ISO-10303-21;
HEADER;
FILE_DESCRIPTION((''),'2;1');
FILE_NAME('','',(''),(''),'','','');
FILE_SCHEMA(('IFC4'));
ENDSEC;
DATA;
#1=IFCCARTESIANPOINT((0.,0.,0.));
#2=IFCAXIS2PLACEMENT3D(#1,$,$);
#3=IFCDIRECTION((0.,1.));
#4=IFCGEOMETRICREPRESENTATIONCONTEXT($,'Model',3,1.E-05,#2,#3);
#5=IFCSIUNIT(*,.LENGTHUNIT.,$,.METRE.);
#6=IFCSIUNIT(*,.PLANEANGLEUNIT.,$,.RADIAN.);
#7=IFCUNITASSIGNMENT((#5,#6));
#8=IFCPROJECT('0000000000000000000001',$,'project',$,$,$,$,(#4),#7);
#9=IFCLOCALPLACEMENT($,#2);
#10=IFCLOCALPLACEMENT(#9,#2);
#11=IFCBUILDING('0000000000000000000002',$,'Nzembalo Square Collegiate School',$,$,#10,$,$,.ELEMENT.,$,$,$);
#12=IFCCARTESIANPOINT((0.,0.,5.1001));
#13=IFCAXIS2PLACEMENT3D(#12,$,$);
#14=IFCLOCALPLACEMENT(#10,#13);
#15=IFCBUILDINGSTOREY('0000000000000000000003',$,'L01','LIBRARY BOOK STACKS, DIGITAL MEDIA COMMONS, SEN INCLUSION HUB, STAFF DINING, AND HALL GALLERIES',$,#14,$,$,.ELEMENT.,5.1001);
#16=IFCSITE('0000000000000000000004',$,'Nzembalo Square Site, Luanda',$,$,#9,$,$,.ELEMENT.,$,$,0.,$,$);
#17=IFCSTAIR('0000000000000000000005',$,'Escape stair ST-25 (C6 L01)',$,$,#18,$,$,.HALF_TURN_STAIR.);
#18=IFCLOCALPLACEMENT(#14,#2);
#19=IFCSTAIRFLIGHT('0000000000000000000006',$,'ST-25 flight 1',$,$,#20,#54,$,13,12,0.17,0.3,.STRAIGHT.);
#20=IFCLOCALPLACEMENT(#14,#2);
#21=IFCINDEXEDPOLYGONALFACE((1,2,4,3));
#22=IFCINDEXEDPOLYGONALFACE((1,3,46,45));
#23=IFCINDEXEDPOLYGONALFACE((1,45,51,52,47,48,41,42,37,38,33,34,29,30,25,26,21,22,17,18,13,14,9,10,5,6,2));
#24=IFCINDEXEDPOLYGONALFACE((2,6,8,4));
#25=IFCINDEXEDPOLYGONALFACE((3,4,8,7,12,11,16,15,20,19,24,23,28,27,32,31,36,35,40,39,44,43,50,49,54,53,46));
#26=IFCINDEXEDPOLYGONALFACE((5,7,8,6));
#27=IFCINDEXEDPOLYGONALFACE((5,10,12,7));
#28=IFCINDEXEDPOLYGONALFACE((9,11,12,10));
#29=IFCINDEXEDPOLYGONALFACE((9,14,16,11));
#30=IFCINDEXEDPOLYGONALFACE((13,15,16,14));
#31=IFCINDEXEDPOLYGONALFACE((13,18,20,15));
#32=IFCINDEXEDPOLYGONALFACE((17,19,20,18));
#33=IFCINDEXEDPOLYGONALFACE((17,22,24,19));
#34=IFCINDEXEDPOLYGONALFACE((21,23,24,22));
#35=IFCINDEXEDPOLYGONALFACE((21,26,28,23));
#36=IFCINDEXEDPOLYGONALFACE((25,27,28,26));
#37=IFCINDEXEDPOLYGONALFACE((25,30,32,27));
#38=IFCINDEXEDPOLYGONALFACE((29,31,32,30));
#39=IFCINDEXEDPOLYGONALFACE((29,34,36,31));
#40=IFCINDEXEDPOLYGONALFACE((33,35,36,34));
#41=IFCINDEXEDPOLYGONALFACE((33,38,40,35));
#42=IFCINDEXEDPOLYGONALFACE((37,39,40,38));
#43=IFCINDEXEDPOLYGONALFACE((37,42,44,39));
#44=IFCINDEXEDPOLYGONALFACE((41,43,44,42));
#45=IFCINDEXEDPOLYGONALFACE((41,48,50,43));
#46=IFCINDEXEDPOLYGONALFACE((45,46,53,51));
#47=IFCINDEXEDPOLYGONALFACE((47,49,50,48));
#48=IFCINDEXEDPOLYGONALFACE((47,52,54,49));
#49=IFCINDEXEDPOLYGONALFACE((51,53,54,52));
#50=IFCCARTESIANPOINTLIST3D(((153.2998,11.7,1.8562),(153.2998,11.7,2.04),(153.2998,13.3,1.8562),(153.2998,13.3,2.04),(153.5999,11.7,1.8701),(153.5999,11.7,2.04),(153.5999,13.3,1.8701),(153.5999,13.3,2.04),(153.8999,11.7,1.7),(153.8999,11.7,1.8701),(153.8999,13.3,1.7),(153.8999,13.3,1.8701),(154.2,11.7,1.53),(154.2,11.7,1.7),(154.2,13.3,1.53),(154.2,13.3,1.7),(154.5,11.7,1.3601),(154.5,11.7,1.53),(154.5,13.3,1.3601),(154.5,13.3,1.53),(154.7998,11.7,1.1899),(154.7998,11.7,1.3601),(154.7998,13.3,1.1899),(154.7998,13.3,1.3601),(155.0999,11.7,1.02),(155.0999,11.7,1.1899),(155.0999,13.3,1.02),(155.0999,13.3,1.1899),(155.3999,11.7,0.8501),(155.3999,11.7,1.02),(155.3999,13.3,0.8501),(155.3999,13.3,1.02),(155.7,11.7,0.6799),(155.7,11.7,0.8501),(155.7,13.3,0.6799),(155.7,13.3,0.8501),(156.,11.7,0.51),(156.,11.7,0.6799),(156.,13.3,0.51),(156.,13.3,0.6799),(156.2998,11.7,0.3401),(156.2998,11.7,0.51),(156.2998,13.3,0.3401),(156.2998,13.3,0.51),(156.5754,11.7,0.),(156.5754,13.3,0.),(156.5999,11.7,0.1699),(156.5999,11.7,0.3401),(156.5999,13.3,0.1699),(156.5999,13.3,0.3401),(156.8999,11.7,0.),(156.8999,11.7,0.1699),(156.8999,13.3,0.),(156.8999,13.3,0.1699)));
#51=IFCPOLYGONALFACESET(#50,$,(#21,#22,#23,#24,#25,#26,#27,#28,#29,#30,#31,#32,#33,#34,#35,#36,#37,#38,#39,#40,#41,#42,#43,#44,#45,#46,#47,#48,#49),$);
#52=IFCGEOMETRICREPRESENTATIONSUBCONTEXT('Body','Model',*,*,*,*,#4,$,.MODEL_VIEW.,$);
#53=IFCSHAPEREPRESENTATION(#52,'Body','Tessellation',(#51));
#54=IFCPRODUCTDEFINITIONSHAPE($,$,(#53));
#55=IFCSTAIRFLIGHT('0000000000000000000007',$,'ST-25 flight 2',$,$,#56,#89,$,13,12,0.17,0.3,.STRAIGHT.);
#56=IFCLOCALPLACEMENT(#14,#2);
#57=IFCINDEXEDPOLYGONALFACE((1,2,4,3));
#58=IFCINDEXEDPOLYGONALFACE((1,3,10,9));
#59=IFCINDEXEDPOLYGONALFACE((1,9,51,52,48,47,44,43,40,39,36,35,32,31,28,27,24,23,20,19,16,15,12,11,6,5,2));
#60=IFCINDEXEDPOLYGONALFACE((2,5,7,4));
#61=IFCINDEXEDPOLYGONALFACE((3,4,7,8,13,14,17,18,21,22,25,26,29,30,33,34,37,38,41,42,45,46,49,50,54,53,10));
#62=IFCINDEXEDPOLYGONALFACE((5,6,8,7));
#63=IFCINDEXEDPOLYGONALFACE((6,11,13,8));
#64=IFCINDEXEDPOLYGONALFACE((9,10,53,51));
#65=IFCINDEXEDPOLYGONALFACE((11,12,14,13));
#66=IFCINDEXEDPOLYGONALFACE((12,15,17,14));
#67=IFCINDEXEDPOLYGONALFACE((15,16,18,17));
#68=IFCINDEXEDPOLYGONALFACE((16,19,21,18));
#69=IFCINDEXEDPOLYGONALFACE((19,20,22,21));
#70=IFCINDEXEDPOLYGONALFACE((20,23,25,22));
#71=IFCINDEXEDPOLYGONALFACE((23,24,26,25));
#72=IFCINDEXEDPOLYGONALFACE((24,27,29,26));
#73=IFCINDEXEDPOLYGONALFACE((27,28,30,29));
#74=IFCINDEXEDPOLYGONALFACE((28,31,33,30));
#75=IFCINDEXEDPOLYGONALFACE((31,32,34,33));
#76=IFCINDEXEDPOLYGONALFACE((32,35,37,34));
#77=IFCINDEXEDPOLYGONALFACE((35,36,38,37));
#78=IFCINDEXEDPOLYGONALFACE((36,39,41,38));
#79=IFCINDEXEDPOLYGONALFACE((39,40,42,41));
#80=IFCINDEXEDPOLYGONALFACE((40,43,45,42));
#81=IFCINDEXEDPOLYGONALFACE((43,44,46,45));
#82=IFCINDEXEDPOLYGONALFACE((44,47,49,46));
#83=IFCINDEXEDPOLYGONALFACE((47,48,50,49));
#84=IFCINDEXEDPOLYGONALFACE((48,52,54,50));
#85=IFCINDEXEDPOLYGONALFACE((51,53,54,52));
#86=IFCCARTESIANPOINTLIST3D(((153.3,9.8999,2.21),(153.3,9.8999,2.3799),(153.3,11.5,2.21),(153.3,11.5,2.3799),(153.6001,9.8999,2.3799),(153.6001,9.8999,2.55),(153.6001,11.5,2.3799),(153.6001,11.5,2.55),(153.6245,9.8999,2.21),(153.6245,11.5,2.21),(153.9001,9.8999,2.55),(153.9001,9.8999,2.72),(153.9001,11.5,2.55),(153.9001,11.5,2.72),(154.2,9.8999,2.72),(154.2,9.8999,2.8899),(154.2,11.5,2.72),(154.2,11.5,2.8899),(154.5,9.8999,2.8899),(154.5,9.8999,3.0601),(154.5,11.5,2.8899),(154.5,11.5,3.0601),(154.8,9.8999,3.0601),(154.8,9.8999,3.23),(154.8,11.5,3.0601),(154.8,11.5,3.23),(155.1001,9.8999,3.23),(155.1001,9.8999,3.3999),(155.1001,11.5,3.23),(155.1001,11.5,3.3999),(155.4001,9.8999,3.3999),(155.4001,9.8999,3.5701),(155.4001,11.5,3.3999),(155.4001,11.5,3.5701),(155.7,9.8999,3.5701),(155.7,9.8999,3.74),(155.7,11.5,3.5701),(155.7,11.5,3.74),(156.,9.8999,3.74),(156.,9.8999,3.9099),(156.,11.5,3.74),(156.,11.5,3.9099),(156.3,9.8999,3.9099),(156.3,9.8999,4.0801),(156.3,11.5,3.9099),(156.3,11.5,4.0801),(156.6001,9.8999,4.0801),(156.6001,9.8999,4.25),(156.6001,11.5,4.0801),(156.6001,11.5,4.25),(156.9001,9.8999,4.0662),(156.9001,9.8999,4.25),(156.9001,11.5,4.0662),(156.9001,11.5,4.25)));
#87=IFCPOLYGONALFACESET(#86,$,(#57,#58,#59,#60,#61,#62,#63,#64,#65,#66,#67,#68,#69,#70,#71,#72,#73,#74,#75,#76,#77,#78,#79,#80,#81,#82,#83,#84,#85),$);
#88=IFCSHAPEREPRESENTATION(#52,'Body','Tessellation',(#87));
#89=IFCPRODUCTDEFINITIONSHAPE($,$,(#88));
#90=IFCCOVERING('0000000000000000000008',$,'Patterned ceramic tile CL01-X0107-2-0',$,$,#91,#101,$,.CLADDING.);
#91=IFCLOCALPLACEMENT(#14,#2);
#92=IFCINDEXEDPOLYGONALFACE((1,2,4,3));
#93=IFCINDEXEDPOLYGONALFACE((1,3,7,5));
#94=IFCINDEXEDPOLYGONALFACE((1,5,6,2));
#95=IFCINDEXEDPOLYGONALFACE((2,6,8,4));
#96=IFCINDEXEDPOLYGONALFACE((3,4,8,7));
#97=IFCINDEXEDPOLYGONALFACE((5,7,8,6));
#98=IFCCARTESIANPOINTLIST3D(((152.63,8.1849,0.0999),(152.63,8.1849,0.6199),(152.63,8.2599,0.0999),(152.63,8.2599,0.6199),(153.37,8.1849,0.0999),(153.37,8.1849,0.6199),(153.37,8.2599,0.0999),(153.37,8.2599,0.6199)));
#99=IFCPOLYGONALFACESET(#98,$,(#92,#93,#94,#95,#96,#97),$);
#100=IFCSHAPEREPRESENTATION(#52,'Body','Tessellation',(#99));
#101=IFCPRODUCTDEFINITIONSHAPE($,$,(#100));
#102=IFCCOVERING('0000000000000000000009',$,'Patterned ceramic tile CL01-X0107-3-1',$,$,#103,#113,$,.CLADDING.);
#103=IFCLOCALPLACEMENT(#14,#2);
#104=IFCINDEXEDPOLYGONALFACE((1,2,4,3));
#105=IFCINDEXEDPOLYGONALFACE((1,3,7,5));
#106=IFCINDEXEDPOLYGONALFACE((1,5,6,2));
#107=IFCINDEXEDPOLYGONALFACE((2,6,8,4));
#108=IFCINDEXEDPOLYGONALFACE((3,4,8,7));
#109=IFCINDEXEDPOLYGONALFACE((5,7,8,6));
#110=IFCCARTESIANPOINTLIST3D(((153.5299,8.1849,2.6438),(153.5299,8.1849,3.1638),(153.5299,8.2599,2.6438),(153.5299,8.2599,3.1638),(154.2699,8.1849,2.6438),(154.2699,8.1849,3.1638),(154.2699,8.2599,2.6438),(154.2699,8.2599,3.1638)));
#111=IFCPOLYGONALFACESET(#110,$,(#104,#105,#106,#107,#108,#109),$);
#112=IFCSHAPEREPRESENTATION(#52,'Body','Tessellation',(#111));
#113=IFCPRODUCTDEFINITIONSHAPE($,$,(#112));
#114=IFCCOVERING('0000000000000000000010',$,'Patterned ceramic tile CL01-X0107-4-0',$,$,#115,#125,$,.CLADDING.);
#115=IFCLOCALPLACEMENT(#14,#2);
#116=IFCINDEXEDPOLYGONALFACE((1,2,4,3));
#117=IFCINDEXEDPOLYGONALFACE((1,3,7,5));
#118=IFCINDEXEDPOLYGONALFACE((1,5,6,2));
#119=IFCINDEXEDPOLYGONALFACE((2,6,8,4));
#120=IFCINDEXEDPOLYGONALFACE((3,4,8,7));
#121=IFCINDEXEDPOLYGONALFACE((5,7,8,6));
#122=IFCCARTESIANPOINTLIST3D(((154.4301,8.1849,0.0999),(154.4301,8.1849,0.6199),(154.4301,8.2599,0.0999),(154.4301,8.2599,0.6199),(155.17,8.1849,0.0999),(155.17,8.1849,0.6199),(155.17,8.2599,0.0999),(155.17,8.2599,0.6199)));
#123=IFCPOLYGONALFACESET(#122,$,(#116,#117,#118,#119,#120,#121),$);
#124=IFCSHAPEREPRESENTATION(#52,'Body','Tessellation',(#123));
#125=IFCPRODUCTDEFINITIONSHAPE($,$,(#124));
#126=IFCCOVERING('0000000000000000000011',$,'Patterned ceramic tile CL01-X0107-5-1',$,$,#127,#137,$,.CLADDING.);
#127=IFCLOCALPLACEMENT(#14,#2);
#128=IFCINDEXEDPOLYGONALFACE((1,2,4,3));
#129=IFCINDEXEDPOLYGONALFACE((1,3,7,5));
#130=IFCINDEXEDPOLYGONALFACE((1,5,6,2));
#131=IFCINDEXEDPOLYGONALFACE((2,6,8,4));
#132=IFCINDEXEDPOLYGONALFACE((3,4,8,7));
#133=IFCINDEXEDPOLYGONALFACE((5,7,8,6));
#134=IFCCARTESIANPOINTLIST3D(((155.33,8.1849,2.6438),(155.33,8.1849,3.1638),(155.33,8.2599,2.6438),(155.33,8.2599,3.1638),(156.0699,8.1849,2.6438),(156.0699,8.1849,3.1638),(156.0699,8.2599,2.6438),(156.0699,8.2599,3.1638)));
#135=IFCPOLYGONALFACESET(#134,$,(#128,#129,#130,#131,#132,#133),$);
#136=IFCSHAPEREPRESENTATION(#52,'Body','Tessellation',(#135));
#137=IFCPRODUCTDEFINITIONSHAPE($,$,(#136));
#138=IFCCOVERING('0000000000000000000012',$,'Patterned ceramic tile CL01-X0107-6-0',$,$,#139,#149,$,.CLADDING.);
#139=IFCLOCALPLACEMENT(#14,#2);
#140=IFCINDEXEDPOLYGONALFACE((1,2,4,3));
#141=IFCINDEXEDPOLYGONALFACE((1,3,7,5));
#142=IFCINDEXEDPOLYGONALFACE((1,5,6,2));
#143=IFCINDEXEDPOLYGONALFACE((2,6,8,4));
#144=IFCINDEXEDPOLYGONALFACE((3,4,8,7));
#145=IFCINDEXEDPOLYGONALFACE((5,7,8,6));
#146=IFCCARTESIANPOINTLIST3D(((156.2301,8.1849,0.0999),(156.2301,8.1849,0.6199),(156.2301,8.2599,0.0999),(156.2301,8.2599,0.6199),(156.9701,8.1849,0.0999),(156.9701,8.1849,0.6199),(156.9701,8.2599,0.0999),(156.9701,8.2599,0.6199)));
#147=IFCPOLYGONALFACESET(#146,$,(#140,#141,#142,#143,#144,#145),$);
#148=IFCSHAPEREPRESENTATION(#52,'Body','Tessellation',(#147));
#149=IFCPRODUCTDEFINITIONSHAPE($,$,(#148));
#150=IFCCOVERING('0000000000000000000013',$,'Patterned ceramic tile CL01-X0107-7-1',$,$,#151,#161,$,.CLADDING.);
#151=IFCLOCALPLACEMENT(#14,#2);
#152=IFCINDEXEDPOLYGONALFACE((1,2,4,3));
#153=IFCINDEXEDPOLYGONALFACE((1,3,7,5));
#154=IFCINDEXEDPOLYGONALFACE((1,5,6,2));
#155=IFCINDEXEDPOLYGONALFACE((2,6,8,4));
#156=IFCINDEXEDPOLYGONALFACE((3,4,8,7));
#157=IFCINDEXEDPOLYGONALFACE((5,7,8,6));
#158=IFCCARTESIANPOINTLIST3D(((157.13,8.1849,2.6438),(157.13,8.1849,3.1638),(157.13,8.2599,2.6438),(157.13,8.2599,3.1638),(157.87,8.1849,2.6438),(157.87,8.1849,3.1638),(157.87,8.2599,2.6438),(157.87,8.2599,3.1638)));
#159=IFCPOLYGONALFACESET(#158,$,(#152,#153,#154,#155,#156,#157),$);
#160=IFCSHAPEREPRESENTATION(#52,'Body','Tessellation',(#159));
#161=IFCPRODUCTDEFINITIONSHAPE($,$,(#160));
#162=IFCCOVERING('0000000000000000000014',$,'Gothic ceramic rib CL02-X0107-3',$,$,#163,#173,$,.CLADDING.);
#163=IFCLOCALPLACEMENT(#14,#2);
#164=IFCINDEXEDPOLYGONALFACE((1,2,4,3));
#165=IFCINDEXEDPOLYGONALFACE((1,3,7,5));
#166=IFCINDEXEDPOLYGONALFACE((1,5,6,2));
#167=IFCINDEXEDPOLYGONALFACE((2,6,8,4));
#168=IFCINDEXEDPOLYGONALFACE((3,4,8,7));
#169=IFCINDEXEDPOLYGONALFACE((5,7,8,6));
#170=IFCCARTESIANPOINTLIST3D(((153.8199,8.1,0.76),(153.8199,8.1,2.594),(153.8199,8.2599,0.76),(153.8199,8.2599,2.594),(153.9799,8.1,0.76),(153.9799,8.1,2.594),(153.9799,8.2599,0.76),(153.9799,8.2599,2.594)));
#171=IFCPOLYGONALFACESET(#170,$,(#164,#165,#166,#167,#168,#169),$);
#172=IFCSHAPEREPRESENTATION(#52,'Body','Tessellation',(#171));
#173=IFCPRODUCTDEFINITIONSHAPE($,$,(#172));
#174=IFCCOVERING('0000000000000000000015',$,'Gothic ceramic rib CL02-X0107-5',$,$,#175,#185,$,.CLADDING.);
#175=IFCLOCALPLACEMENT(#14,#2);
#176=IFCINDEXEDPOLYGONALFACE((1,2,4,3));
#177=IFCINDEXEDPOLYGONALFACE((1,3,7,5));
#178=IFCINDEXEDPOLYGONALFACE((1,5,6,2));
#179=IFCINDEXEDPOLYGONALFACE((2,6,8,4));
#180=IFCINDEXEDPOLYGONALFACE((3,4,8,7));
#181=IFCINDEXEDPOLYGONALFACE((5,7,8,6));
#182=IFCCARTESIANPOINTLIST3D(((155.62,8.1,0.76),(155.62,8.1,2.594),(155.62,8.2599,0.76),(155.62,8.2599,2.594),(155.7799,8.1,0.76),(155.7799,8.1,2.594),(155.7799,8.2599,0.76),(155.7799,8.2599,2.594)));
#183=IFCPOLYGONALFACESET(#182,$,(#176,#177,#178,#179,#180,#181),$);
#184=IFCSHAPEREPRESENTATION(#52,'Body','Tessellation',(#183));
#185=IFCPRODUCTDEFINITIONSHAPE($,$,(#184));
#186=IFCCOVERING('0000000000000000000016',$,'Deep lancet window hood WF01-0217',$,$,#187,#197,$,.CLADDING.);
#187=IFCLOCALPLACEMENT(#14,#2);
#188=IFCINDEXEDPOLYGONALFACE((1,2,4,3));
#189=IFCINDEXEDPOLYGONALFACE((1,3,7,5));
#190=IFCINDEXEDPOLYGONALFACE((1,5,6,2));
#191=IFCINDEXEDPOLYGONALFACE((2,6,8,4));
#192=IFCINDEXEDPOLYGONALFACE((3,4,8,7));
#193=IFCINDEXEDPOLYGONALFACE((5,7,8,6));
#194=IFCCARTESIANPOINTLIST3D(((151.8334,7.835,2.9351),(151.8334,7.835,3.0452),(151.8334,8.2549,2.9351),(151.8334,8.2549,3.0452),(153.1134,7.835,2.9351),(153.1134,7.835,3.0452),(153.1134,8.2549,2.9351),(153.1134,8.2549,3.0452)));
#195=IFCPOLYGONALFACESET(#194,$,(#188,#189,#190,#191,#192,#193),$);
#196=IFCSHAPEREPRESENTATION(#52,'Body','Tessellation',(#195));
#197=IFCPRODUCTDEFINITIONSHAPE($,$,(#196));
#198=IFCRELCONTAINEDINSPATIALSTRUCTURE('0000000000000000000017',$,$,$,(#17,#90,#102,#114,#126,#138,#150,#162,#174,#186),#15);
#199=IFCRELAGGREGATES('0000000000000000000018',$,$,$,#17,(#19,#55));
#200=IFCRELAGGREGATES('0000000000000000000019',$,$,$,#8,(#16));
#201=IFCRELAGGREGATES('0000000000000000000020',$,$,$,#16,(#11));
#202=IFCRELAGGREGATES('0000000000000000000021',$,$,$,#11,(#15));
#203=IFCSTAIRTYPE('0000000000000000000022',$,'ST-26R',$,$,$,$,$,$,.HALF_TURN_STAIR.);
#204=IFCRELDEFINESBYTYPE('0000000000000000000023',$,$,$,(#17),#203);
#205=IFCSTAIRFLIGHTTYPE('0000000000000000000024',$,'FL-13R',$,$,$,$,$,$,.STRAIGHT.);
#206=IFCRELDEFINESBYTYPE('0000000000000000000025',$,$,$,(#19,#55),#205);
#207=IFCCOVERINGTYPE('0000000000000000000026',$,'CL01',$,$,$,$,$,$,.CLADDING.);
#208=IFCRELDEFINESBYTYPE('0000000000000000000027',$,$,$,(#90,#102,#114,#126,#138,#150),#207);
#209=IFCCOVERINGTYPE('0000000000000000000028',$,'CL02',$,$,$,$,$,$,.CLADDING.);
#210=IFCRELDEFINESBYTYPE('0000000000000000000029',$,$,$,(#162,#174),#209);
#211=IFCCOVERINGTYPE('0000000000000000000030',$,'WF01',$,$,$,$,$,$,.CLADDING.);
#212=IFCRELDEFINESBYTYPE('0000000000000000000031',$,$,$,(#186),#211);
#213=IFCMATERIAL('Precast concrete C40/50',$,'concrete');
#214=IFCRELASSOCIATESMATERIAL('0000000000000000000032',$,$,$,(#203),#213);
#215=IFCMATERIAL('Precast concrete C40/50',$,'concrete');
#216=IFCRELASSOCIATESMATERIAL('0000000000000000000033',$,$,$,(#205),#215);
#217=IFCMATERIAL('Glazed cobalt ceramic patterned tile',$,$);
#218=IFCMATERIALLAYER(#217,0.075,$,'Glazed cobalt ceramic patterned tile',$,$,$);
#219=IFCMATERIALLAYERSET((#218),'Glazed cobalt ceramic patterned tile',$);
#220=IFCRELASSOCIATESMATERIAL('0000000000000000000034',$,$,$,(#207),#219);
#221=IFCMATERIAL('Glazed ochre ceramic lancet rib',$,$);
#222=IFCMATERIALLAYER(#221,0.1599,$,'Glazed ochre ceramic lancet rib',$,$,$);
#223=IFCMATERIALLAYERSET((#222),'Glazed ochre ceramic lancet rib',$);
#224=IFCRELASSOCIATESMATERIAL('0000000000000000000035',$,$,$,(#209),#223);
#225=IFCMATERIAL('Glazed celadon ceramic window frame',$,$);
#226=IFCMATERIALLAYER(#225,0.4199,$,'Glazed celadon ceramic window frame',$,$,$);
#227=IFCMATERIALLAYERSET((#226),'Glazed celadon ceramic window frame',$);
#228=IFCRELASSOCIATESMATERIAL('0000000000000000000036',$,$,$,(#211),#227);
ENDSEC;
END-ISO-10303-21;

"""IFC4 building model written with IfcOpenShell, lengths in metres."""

from ifc_helpers import new_model, si_unit, direction, frame, origin, origin_2d, place, context, subcontext, project, spatial, polyline, rectangle, outline, extrude, material, layer, layer_set, type_object, element, aggregate, save


model = new_model("IFC4")

# Units and contexts
model_context = context("Model", 3, precision=1e-05, world=origin(), true_north=direction((0.0, 1.0)))
body_context = subcontext(model_context, "Body", "Model", "MODEL_VIEW")
ifc_project = project(units=[si_unit("LENGTHUNIT", "METRE"), si_unit("PLANEANGLEUNIT", "RADIAN")], contexts=[model_context])

# Site, building, storey
site_placement = place(None, origin())
site = spatial("IfcSite", under=ifc_project, at=site_placement, Name="Nzembalo Square Site, Luanda", CompositionType="ELEMENT", RefElevation=0.0)
building_placement = place(site_placement, origin())
building = spatial("IfcBuilding", under=site, at=building_placement, Name="Nzembalo Square Collegiate School", CompositionType="ELEMENT")
storey_placement = place(building_placement, frame((0.0, 0.0, 5.1001)))
storey = spatial("IfcBuildingStorey", under=building, at=storey_placement, Name="L01", Description="LIBRARY BOOK STACKS, DIGITAL MEDIA COMMONS, SEN INCLUSION HUB, STAFF DINING, AND HALL GALLERIES", CompositionType="ELEMENT", Elevation=5.1001)

# Stair, stair flights
ifc_material_1 = material(Name="Precast concrete C40/50", Category="concrete")
stair_type = type_object("IfcStairType", Name="ST-26R", PredefinedType="HALF_TURN_STAIR", material=ifc_material_1)
stair_placement = place(storey_placement, origin())
stair = element("IfcStair", 1, at=stair_placement, inside=storey, type_object=stair_type, Name="Escape stair ST-25 (C6 L01)", PredefinedType="HALF_TURN_STAIR")
ifc_material_2 = material(Name="Precast concrete C40/50", Category="concrete")
stair_flight_type = type_object("IfcStairFlightType", Name="FL-13R", PredefinedType="STRAIGHT", material=ifc_material_2)
stair_flight_1_placement = place(storey_placement, frame((156.8999, 12.5, 0.0), z_axis=(0.0, 0.0, 1.0), x_axis=(-1.0, 0.0, 0.0)))
stair_flight_1 = element("IfcStairFlight", 2, at=stair_flight_1_placement, type_object=stair_flight_type, Name="ST-25 flight 1", NumberOfRisers=13, NumberOfTreads=12, PredefinedType="STRAIGHT", RiserHeight=0.17, TreadLength=0.3, context=body_context, shape_type="SweptSolid", body=[
    extrude(outline(polyline([(0.0, 0.0), (0.0, 0.1699), (0.3, 0.1699), (0.3, 0.3401), (0.6001, 0.3401), (0.6001, 0.51), (0.8999, 0.51), (0.8999, 0.6799), (1.2, 0.6799), (1.2, 0.8501), (1.5, 0.8501), (1.5, 1.02), (1.8, 1.02), (1.8, 1.1899), (2.1001, 1.1899), (2.1001, 1.3601), (2.3999, 1.3601), (2.3999, 1.53), (2.7, 1.53), (2.7, 1.7), (3.0, 1.7), (3.0, 1.8701), (3.3, 1.8701), (3.3, 2.04), (3.6001, 2.04), (3.6001, 2.21), (3.6001, 1.8562), (0.3245, 0.0), (0.0, 0.0)])), frame((0.0, 0.8, 0.0), z_axis=(0.0, -1.0, 0.0), x_axis=(1.0, 0.0, 0.0)), (0.0, 0.0, 1.0), 1.6001),
])
stair_flight_2_placement = place(storey_placement, frame((153.3, 10.7, 2.21), z_axis=(0.0, 0.0, 1.0), x_axis=(1.0, 0.0, 0.0)))
stair_flight_2 = element("IfcStairFlight", 3, at=stair_flight_2_placement, type_object=stair_flight_type, Name="ST-25 flight 2", NumberOfRisers=13, NumberOfTreads=12, PredefinedType="STRAIGHT", RiserHeight=0.17, TreadLength=0.3, context=body_context, shape_type="SweptSolid", body=[
    extrude(outline(polyline([(0.0, 0.0), (0.0, 0.1699), (0.3, 0.1699), (0.3, 0.3401), (0.6001, 0.3401), (0.6001, 0.51), (0.8999, 0.51), (0.8999, 0.6799), (1.2, 0.6799), (1.2, 0.8501), (1.5, 0.8501), (1.5, 1.02), (1.8, 1.02), (1.8, 1.1899), (2.1001, 1.1899), (2.1001, 1.3601), (2.3999, 1.3601), (2.3999, 1.53), (2.7, 1.53), (2.7, 1.7), (3.0, 1.7), (3.0, 1.8701), (3.3, 1.8701), (3.3, 2.04), (3.6001, 2.04), (3.6001, 2.21), (3.6001, 1.8562), (0.3245, 0.0), (0.0, 0.0)])), frame((0.0, 0.8, 0.0), z_axis=(0.0, -1.0, 0.0), x_axis=(1.0, 0.0, 0.0)), (0.0, 0.0, 1.0), 1.6001),
])
aggregate(stair, [stair_flight_1, stair_flight_2])

# Coverings
ifc_material_3 = material(Name="Glazed cobalt ceramic patterned tile")
ifc_layer_1 = layer(ifc_material_3, 0.075, Name="Glazed cobalt ceramic patterned tile")
ifc_layer_set_1 = layer_set([ifc_layer_1], Name="Glazed cobalt ceramic patterned tile")
covering_type_1 = type_object("IfcCoveringType", Name="CL01", PredefinedType="CLADDING", material=ifc_layer_set_1)
for number, where, z_axis, x_axis, name in (
    (4, (153.0, 8.2224, 0.0999), (0.0, 0.0, 1.0), (1.0, 0.0, 0.0), "Patterned ceramic tile CL01-X0107-2-0"),
    (5, (153.8999, 8.2224, 2.6438), (0.0, 0.0, 1.0), (1.0, 0.0, 0.0), "Patterned ceramic tile CL01-X0107-3-1"),
    (6, (154.8, 8.2224, 0.0999), (0.0, 0.0, 1.0), (1.0, 0.0, 0.0), "Patterned ceramic tile CL01-X0107-4-0"),
    (7, (155.7, 8.2224, 2.6438), (0.0, 0.0, 1.0), (1.0, 0.0, 0.0), "Patterned ceramic tile CL01-X0107-5-1"),
    (8, (156.6001, 8.2224, 0.0999), (0.0, 0.0, 1.0), (1.0, 0.0, 0.0), "Patterned ceramic tile CL01-X0107-6-0"),
    (9, (157.5, 8.2224, 2.6438), (0.0, 0.0, 1.0), (1.0, 0.0, 0.0), "Patterned ceramic tile CL01-X0107-7-1"),
):
    element("IfcCovering", number, at=place(storey_placement, frame(where, z_axis=z_axis, x_axis=x_axis)), inside=storey, type_object=covering_type_1, Name=name, PredefinedType="CLADDING", context=body_context, shape_type="SweptSolid", body=[
        extrude(rectangle(XDim=0.74, YDim=0.075, at=origin_2d()), origin(), (0.0, 0.0, 1.0), 0.52),
    ])
ifc_material_4 = material(Name="Glazed ochre ceramic lancet rib")
ifc_layer_2 = layer(ifc_material_4, 0.1599, Name="Glazed ochre ceramic lancet rib")
ifc_layer_set_2 = layer_set([ifc_layer_2], Name="Glazed ochre ceramic lancet rib")
covering_type_2 = type_object("IfcCoveringType", Name="CL02", PredefinedType="CLADDING", material=ifc_layer_set_2)
for number, where, z_axis, x_axis, name in (
    (10, (153.8999, 8.1799, 0.76), (0.0, 0.0, 1.0), (1.0, 0.0, 0.0), "Gothic ceramic rib CL02-X0107-3"),
    (11, (155.7, 8.1799, 0.76), (0.0, 0.0, 1.0), (1.0, 0.0, 0.0), "Gothic ceramic rib CL02-X0107-5"),
):
    element("IfcCovering", number, at=place(storey_placement, frame(where, z_axis=z_axis, x_axis=x_axis)), inside=storey, type_object=covering_type_2, Name=name, PredefinedType="CLADDING", context=body_context, shape_type="SweptSolid", body=[
        extrude(rectangle(XDim=0.1599, YDim=0.1599, at=origin_2d()), origin(), (0.0, 0.0, 1.0), 1.834),
    ])
ifc_material_5 = material(Name="Glazed celadon ceramic window frame")
ifc_layer_3 = layer(ifc_material_5, 0.4199, Name="Glazed celadon ceramic window frame")
ifc_layer_set_3 = layer_set([ifc_layer_3], Name="Glazed celadon ceramic window frame")
covering_type_3 = type_object("IfcCoveringType", Name="WF01", PredefinedType="CLADDING", material=ifc_layer_set_3)
covering_1_placement = place(storey_placement, frame((152.4734, 8.0449, 2.9351), z_axis=(0.0, 0.0, 1.0), x_axis=(1.0, 0.0, 0.0)))
element("IfcCovering", 12, at=covering_1_placement, inside=storey, type_object=covering_type_3, Name="Deep lancet window hood WF01-0217", PredefinedType="CLADDING", context=body_context, shape_type="SweptSolid", body=[
    extrude(rectangle(XDim=1.28, YDim=0.4199, at=origin_2d()), origin(), (0.0, 0.0, 1.0), 0.1101),
])

save(model, "model.ifc")
